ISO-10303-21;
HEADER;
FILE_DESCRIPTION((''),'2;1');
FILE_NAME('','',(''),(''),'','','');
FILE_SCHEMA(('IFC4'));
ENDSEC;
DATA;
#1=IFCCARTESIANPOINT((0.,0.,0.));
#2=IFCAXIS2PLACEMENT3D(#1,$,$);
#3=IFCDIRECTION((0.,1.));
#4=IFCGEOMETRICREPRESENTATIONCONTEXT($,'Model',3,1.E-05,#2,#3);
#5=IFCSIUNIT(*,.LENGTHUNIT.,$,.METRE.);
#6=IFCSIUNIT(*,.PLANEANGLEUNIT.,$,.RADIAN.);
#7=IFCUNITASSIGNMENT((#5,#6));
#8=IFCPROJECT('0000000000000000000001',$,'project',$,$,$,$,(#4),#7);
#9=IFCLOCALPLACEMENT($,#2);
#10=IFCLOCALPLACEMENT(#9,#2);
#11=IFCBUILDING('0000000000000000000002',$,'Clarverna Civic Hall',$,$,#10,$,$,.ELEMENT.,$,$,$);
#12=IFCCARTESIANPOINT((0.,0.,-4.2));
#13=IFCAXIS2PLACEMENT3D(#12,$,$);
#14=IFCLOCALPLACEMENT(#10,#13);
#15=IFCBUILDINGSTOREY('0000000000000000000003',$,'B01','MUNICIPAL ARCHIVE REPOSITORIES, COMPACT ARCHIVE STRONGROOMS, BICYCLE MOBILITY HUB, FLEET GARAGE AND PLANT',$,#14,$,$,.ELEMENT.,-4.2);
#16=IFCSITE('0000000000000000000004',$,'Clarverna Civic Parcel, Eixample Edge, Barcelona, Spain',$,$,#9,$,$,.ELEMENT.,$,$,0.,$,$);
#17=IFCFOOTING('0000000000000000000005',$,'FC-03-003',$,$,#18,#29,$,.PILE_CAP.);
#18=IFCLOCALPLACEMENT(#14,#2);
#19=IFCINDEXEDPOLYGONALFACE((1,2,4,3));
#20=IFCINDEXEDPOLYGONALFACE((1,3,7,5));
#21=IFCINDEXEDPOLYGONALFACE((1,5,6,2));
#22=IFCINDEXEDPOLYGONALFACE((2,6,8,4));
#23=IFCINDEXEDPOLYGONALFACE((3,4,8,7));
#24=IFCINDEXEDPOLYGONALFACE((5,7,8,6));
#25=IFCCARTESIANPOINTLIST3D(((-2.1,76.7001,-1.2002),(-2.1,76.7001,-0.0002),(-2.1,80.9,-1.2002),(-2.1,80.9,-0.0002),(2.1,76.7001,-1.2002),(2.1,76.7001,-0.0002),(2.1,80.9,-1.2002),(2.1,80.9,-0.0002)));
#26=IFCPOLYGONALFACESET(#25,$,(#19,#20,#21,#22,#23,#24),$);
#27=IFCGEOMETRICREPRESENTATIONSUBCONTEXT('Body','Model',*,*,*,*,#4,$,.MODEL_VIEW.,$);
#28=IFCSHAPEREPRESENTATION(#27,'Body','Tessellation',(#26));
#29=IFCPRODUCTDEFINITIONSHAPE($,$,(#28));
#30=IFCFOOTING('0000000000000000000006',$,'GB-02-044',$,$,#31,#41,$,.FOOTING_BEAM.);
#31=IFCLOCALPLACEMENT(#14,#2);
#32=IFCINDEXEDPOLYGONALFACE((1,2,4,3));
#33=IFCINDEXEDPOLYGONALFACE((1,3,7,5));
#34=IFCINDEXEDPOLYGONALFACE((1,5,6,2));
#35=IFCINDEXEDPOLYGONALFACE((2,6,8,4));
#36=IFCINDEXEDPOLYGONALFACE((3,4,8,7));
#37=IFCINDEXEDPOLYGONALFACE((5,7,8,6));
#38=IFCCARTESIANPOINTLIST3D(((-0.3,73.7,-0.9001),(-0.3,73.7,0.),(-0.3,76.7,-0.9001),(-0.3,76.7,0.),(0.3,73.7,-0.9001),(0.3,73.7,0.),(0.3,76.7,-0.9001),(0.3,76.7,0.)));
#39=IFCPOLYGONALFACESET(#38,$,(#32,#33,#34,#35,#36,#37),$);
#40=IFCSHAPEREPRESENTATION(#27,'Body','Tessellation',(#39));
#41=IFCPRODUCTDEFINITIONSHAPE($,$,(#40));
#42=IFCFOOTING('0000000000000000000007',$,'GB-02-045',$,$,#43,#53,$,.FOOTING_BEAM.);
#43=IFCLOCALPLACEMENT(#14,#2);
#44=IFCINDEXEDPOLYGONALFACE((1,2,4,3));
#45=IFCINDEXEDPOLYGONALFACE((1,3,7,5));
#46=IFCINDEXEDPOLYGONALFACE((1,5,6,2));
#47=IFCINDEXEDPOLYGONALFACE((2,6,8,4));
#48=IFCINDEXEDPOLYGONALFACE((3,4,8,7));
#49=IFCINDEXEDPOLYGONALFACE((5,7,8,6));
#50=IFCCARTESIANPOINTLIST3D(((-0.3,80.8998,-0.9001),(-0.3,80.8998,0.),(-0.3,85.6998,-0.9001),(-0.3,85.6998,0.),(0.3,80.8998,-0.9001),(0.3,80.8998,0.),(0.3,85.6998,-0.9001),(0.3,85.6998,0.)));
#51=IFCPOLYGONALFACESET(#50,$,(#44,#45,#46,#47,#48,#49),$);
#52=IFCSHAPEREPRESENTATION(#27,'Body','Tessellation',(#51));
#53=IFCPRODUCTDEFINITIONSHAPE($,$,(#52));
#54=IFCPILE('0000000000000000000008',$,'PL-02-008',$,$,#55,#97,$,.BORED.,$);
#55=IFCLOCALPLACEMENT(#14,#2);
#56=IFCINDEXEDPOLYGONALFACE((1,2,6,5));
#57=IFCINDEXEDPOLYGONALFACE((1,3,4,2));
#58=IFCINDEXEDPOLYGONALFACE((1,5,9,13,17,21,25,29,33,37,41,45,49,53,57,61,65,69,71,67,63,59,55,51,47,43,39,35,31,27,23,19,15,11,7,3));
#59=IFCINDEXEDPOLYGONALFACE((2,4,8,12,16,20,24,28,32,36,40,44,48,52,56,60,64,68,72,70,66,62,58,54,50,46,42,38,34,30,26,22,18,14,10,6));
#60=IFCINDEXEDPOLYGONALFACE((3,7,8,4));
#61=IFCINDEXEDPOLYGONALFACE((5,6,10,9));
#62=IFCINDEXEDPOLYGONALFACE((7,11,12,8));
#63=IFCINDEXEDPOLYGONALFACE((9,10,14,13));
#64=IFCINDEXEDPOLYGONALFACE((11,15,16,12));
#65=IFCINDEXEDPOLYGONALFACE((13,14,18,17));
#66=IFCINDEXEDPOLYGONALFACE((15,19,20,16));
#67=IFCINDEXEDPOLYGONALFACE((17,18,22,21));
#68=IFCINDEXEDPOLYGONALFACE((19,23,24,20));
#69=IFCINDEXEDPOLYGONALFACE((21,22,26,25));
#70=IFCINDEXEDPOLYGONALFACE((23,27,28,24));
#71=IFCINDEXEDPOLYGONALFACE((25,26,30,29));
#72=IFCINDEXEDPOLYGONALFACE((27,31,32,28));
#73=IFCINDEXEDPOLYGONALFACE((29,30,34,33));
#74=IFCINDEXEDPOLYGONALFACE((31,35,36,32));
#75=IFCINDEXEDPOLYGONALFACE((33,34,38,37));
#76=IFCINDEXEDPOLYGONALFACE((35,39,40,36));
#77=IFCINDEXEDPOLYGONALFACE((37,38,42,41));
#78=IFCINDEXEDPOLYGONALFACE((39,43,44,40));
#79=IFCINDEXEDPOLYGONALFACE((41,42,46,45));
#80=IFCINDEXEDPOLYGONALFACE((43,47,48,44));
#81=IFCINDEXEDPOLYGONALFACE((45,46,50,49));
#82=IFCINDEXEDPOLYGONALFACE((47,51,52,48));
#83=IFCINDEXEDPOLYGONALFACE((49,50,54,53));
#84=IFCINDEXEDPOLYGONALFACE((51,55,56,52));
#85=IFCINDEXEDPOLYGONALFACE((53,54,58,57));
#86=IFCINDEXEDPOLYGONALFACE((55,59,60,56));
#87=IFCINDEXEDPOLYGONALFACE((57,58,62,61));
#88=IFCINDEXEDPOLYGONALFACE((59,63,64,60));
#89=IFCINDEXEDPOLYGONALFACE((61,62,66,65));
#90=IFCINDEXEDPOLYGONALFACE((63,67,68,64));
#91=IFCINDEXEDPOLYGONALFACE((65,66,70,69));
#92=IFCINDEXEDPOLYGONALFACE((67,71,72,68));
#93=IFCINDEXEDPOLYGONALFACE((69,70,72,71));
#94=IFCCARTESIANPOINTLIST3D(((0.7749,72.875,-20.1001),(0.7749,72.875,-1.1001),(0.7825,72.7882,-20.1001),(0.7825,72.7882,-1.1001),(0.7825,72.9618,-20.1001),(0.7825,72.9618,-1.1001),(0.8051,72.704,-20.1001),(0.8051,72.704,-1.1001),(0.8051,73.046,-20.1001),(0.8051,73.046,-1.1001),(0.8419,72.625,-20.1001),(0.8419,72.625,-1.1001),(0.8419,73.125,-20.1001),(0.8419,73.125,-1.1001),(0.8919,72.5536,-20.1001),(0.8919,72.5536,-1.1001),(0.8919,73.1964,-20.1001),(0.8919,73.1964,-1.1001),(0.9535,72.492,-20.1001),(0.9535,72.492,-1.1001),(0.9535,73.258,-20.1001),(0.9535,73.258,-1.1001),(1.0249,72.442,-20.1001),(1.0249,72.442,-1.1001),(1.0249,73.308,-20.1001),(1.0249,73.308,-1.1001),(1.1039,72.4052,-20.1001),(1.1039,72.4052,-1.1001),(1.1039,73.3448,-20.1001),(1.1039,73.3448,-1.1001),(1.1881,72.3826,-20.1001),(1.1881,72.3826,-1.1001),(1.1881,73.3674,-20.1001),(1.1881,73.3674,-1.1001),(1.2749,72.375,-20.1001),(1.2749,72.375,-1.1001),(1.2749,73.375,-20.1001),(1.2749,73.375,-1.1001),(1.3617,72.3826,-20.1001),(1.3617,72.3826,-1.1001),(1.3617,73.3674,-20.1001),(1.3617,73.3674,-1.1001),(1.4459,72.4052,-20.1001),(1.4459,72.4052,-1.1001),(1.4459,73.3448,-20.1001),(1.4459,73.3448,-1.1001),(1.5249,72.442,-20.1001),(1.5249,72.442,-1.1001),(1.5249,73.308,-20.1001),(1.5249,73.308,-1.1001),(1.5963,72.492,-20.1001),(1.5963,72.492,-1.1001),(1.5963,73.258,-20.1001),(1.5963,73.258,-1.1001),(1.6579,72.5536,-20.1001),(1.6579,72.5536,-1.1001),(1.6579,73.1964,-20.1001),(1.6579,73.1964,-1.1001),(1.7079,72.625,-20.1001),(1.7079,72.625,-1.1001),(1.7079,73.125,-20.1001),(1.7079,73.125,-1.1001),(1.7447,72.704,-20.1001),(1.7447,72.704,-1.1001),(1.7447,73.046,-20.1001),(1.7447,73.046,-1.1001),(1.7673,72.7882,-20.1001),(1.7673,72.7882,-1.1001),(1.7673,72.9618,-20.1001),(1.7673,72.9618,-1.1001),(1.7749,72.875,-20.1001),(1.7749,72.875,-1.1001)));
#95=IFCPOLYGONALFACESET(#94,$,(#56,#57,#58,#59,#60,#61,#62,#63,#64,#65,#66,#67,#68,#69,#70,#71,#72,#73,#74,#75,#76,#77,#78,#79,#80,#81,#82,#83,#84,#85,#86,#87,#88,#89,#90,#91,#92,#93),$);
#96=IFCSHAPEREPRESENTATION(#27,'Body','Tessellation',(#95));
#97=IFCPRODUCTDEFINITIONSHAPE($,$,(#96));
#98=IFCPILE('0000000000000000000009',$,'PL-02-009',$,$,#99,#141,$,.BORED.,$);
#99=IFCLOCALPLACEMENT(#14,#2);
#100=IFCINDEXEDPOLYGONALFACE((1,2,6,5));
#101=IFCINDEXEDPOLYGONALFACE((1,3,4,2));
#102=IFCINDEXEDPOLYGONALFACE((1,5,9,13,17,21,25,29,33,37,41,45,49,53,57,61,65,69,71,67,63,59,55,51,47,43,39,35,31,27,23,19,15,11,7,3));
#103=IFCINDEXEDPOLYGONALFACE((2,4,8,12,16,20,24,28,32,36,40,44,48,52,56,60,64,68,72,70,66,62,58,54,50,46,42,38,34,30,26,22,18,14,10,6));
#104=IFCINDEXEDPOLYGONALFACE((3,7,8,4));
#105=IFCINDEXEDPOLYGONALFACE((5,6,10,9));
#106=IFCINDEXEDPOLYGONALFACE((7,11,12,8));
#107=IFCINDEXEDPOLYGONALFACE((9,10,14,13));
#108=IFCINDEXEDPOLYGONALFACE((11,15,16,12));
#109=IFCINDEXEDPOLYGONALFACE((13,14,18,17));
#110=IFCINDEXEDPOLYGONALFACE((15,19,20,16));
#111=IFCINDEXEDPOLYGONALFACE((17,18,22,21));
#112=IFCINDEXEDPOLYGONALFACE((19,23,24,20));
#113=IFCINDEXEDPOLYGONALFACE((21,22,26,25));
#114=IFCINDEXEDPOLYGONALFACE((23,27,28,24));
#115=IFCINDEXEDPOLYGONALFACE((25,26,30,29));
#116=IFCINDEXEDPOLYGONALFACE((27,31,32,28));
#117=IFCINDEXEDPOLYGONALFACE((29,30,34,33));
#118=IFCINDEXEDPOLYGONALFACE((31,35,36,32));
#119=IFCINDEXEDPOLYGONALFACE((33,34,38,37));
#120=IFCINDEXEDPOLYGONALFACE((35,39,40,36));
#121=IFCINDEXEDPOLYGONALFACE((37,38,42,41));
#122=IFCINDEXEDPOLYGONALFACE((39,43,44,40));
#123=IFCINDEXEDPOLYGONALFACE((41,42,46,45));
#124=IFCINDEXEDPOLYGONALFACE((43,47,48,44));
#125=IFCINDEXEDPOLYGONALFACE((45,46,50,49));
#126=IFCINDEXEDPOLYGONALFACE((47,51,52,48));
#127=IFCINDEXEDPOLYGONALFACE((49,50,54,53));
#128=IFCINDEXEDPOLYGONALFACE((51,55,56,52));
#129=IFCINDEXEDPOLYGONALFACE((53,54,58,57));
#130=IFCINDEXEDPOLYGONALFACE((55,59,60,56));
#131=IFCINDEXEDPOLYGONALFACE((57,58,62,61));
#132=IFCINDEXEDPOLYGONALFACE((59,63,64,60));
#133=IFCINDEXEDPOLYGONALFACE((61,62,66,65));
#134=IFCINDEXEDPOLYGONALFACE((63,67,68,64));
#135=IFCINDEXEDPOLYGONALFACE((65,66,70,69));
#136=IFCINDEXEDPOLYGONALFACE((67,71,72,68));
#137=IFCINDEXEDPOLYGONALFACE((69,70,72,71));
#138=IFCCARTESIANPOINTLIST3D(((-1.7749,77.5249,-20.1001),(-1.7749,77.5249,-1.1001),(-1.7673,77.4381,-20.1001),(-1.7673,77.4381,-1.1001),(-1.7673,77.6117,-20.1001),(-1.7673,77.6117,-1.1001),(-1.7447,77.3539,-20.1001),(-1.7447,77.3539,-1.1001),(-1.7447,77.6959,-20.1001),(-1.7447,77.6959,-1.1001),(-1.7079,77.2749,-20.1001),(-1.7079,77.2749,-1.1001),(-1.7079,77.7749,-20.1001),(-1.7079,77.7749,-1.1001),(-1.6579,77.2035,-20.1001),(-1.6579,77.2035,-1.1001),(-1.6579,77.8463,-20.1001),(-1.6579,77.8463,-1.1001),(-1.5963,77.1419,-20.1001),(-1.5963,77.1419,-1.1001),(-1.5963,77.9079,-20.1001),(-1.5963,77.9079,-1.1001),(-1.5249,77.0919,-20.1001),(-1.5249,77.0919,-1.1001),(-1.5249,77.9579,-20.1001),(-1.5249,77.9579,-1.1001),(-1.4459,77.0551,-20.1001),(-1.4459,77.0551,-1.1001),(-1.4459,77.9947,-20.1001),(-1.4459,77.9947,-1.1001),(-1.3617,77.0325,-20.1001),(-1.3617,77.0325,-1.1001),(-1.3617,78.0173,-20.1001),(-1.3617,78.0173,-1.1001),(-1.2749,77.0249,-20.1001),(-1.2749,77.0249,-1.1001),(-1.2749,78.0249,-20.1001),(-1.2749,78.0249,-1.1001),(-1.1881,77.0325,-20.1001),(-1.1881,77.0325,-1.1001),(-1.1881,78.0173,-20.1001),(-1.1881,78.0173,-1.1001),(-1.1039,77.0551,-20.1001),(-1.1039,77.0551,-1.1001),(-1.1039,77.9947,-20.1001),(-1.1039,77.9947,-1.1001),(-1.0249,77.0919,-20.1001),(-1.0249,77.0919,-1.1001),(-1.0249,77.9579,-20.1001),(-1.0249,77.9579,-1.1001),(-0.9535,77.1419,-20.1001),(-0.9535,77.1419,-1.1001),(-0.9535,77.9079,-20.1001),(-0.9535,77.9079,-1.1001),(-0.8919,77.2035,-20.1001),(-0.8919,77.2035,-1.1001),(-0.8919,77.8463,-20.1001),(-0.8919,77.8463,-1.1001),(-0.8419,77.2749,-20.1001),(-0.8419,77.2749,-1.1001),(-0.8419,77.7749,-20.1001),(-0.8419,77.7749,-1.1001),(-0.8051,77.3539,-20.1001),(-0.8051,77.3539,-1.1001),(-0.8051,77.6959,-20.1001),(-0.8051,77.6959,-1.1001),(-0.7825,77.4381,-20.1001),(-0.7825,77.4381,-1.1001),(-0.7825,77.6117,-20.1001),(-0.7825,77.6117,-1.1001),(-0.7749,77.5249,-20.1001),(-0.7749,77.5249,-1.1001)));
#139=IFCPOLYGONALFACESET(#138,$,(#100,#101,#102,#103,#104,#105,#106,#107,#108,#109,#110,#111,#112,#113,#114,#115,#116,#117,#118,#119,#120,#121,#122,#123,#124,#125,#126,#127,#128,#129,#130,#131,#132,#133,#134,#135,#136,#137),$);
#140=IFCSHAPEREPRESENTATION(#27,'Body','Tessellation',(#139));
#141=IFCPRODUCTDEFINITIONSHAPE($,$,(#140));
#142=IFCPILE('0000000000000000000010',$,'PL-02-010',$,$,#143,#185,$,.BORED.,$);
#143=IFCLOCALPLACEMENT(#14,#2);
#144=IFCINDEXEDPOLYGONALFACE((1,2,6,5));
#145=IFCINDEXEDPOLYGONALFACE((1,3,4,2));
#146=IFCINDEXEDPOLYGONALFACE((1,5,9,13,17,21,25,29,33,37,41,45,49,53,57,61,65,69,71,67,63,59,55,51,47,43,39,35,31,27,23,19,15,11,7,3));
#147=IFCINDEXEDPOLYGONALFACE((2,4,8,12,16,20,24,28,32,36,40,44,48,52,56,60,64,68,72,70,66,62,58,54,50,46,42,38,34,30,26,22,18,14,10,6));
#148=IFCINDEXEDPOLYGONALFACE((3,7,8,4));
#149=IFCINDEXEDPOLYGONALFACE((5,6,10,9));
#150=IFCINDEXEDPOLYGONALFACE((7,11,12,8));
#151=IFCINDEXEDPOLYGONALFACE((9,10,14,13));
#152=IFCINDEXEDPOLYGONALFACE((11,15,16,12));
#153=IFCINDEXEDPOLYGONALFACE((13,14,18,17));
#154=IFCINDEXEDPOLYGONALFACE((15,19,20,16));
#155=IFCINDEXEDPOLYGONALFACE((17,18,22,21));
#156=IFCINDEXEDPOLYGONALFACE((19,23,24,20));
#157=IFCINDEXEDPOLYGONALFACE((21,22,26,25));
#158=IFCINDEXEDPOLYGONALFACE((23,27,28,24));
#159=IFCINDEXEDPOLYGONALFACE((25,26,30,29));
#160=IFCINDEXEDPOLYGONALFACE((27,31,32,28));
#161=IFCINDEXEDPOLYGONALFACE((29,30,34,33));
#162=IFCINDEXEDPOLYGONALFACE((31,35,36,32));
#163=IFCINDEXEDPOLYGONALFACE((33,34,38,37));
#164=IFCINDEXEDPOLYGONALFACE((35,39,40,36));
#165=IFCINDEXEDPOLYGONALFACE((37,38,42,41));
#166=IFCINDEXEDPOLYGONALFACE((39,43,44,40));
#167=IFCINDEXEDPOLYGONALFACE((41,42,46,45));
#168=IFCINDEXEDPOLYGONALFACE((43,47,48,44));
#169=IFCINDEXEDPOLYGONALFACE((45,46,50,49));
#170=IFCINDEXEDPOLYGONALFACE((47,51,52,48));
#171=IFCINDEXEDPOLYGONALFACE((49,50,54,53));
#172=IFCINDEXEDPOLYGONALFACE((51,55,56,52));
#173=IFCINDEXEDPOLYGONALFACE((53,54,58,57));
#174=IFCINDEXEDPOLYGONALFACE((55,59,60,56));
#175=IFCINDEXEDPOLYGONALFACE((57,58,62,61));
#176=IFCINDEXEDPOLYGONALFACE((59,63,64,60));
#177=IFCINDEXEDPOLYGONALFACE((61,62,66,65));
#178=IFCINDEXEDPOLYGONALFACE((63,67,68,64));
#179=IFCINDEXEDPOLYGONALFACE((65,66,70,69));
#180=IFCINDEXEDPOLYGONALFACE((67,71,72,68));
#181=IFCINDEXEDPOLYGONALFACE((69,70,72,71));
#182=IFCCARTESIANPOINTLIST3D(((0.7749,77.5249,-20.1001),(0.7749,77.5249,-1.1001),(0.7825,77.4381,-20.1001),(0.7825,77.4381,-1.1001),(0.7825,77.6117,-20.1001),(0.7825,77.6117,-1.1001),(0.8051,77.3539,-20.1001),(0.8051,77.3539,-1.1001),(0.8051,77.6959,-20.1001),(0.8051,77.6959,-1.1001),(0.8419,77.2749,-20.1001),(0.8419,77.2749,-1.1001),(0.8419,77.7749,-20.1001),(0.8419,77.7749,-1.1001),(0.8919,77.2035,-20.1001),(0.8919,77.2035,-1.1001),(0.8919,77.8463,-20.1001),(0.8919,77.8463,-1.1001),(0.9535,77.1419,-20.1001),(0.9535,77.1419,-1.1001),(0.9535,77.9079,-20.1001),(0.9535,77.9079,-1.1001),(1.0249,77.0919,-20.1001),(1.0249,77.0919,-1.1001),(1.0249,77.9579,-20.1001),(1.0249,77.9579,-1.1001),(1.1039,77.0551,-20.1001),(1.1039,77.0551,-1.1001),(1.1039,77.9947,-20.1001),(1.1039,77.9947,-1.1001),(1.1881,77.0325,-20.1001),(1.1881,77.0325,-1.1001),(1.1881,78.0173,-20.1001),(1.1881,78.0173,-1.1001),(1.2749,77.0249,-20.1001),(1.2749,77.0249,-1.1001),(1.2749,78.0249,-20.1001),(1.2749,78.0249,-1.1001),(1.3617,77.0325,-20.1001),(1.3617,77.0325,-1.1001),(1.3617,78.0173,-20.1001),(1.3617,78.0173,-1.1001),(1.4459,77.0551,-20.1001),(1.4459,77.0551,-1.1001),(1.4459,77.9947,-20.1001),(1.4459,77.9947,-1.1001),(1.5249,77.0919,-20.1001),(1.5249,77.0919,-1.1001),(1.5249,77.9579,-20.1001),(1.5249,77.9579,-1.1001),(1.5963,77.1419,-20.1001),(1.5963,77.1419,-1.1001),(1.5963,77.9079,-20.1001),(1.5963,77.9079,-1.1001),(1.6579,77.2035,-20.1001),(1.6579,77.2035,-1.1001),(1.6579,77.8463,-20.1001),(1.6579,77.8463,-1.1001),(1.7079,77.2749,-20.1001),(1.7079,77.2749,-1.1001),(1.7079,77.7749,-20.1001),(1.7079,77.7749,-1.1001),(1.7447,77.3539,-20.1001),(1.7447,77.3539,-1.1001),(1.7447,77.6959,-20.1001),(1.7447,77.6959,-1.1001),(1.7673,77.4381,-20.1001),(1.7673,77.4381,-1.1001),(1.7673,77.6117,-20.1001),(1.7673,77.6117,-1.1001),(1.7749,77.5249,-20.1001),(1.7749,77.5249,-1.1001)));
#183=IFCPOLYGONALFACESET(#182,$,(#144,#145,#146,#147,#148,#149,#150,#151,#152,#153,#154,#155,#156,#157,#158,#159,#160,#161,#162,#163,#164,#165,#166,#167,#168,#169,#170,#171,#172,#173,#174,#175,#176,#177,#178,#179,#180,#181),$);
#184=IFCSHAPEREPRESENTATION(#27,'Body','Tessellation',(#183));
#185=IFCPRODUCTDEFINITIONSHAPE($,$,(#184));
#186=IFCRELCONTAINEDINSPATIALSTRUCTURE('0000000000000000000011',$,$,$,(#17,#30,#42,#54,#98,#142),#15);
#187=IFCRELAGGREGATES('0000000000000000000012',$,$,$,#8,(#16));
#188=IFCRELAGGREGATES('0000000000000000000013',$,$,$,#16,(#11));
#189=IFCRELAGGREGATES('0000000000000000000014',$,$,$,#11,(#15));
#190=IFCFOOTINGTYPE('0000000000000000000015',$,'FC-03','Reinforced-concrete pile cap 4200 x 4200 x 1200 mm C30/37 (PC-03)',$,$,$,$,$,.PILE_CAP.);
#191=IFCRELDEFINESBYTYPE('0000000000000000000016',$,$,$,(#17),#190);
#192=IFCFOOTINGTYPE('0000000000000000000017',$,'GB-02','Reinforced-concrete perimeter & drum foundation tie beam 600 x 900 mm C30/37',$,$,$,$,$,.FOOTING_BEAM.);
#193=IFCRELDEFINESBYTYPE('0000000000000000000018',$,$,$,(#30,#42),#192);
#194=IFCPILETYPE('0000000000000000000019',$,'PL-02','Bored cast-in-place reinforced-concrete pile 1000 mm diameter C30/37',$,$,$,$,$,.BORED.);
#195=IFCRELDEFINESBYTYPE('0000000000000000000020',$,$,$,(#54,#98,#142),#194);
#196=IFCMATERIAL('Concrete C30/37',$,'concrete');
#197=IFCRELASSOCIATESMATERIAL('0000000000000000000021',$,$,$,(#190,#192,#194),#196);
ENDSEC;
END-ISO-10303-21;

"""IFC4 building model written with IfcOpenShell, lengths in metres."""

from ifc_helpers import new_model, si_unit, direction, frame, frame_2d, origin, origin_2d, place, context, subcontext, project, spatial, rectangle, circle, extrude, material, material_profile, profile_set, type_object, element, save


model = new_model("IFC4")

# Units and contexts
model_context = context("Model", 3, precision=1e-05, world=origin(), true_north=direction((0.0, 1.0)))
body_context = subcontext(model_context, "Body", "Model", "MODEL_VIEW")
ifc_project = project(units=[si_unit("LENGTHUNIT", "METRE"), si_unit("PLANEANGLEUNIT", "RADIAN")], contexts=[model_context])

# Site, building, storey
site_placement = place(None, origin())
site = spatial("IfcSite", under=ifc_project, at=site_placement, Name="Clarverna Civic Parcel, Eixample Edge, Barcelona, Spain", CompositionType="ELEMENT", RefElevation=0.0)
building_placement = place(site_placement, origin())
building = spatial("IfcBuilding", under=site, at=building_placement, Name="Clarverna Civic Hall", CompositionType="ELEMENT")
storey_placement = place(building_placement, frame((0.0, 0.0, -4.2)))
storey = spatial("IfcBuildingStorey", under=building, at=storey_placement, Name="B01", Description="MUNICIPAL ARCHIVE REPOSITORIES, COMPACT ARCHIVE STRONGROOMS, BICYCLE MOBILITY HUB, FLEET GARAGE AND PLANT", CompositionType="ELEMENT", Elevation=-4.2)

# Footings
ifc_material_1 = material(Name="Concrete C30/37", Category="concrete")
footing_type_1 = type_object("IfcFootingType", Name="FC-03", Description="Reinforced-concrete pile cap 4200 x 4200 x 1200 mm C30/37 (PC-03)", PredefinedType="PILE_CAP", material=ifc_material_1)
footing_1_placement = place(storey_placement, frame((0.0, 78.8, -1.2002), z_axis=(0.0, 0.0, 1.0), x_axis=(1.0, 0.0, 0.0)))
element("IfcFooting", 1, at=footing_1_placement, inside=storey, type_object=footing_type_1, Name="FC-03-003", PredefinedType="PILE_CAP", context=body_context, shape_type="SweptSolid", body=[
    extrude(rectangle(XDim=4.2, YDim=4.2, at=origin_2d()), origin(), (0.0, 0.0, 1.0), 1.2),
])
footing_type_2 = type_object("IfcFootingType", Name="GB-02", Description="Reinforced-concrete perimeter & drum foundation tie beam 600 x 900 mm C30/37", PredefinedType="FOOTING_BEAM", material=ifc_material_1)
footing_2_placement = place(storey_placement, frame((0.0, 73.7, -0.9001), z_axis=(0.0, 0.0, 1.0), x_axis=(0.0, 1.0, 0.0)))
element("IfcFooting", 2, at=footing_2_placement, inside=storey, type_object=footing_type_2, Name="GB-02-044", PredefinedType="FOOTING_BEAM", context=body_context, shape_type="SweptSolid", body=[
    extrude(rectangle(XDim=3.0, YDim=0.6001, at=frame_2d((1.5, 0.0))), origin(), (0.0, 0.0, 1.0), 0.9001),
])
footing_3_placement = place(storey_placement, frame((0.0, 80.8999, -0.9001), z_axis=(0.0, 0.0, 1.0), x_axis=(0.0, 1.0, 0.0)))
element("IfcFooting", 3, at=footing_3_placement, inside=storey, type_object=footing_type_2, Name="GB-02-045", PredefinedType="FOOTING_BEAM", context=body_context, shape_type="SweptSolid", body=[
    extrude(rectangle(XDim=4.8, YDim=0.6001, at=frame_2d((2.3999, 0.0))), origin(), (0.0, 0.0, 1.0), 0.9001),
])

# Piles
ifc_material_profile_1 = material_profile(ifc_material_1, circle(Radius=0.5, at=origin_2d()), Name="BORED PILE D1000")
ifc_profile_set_1 = profile_set([ifc_material_profile_1], Name="Concrete C30/37")
pile_type = type_object("IfcPileType", Name="PL-02", Description="Bored cast-in-place reinforced-concrete pile 1000 mm diameter C30/37", PredefinedType="BORED", material=ifc_profile_set_1)
for number, where, z_axis, x_axis, name in (
    (4, (1.2749, 72.875, -1.1001), (0.0, 0.0, -1.0), (1.0, 0.0, 0.0), "PL-02-008"),
    (5, (-1.2749, 77.5249, -1.1001), (0.0, 0.0, -1.0), (1.0, 0.0, 0.0), "PL-02-009"),
    (6, (1.2749, 77.5249, -1.1001), (0.0, 0.0, -1.0), (1.0, 0.0, 0.0), "PL-02-010"),
):
    element("IfcPile", number, at=place(storey_placement, frame(where, z_axis=z_axis, x_axis=x_axis)), inside=storey, type_object=pile_type, Name=name, PredefinedType="BORED", context=body_context, shape_type="SweptSolid", body=[
        extrude(circle(Radius=0.5, at=origin_2d()), origin(), (0.0, 0.0, 1.0), 19.0),
    ])

save(model, "model.ifc")
